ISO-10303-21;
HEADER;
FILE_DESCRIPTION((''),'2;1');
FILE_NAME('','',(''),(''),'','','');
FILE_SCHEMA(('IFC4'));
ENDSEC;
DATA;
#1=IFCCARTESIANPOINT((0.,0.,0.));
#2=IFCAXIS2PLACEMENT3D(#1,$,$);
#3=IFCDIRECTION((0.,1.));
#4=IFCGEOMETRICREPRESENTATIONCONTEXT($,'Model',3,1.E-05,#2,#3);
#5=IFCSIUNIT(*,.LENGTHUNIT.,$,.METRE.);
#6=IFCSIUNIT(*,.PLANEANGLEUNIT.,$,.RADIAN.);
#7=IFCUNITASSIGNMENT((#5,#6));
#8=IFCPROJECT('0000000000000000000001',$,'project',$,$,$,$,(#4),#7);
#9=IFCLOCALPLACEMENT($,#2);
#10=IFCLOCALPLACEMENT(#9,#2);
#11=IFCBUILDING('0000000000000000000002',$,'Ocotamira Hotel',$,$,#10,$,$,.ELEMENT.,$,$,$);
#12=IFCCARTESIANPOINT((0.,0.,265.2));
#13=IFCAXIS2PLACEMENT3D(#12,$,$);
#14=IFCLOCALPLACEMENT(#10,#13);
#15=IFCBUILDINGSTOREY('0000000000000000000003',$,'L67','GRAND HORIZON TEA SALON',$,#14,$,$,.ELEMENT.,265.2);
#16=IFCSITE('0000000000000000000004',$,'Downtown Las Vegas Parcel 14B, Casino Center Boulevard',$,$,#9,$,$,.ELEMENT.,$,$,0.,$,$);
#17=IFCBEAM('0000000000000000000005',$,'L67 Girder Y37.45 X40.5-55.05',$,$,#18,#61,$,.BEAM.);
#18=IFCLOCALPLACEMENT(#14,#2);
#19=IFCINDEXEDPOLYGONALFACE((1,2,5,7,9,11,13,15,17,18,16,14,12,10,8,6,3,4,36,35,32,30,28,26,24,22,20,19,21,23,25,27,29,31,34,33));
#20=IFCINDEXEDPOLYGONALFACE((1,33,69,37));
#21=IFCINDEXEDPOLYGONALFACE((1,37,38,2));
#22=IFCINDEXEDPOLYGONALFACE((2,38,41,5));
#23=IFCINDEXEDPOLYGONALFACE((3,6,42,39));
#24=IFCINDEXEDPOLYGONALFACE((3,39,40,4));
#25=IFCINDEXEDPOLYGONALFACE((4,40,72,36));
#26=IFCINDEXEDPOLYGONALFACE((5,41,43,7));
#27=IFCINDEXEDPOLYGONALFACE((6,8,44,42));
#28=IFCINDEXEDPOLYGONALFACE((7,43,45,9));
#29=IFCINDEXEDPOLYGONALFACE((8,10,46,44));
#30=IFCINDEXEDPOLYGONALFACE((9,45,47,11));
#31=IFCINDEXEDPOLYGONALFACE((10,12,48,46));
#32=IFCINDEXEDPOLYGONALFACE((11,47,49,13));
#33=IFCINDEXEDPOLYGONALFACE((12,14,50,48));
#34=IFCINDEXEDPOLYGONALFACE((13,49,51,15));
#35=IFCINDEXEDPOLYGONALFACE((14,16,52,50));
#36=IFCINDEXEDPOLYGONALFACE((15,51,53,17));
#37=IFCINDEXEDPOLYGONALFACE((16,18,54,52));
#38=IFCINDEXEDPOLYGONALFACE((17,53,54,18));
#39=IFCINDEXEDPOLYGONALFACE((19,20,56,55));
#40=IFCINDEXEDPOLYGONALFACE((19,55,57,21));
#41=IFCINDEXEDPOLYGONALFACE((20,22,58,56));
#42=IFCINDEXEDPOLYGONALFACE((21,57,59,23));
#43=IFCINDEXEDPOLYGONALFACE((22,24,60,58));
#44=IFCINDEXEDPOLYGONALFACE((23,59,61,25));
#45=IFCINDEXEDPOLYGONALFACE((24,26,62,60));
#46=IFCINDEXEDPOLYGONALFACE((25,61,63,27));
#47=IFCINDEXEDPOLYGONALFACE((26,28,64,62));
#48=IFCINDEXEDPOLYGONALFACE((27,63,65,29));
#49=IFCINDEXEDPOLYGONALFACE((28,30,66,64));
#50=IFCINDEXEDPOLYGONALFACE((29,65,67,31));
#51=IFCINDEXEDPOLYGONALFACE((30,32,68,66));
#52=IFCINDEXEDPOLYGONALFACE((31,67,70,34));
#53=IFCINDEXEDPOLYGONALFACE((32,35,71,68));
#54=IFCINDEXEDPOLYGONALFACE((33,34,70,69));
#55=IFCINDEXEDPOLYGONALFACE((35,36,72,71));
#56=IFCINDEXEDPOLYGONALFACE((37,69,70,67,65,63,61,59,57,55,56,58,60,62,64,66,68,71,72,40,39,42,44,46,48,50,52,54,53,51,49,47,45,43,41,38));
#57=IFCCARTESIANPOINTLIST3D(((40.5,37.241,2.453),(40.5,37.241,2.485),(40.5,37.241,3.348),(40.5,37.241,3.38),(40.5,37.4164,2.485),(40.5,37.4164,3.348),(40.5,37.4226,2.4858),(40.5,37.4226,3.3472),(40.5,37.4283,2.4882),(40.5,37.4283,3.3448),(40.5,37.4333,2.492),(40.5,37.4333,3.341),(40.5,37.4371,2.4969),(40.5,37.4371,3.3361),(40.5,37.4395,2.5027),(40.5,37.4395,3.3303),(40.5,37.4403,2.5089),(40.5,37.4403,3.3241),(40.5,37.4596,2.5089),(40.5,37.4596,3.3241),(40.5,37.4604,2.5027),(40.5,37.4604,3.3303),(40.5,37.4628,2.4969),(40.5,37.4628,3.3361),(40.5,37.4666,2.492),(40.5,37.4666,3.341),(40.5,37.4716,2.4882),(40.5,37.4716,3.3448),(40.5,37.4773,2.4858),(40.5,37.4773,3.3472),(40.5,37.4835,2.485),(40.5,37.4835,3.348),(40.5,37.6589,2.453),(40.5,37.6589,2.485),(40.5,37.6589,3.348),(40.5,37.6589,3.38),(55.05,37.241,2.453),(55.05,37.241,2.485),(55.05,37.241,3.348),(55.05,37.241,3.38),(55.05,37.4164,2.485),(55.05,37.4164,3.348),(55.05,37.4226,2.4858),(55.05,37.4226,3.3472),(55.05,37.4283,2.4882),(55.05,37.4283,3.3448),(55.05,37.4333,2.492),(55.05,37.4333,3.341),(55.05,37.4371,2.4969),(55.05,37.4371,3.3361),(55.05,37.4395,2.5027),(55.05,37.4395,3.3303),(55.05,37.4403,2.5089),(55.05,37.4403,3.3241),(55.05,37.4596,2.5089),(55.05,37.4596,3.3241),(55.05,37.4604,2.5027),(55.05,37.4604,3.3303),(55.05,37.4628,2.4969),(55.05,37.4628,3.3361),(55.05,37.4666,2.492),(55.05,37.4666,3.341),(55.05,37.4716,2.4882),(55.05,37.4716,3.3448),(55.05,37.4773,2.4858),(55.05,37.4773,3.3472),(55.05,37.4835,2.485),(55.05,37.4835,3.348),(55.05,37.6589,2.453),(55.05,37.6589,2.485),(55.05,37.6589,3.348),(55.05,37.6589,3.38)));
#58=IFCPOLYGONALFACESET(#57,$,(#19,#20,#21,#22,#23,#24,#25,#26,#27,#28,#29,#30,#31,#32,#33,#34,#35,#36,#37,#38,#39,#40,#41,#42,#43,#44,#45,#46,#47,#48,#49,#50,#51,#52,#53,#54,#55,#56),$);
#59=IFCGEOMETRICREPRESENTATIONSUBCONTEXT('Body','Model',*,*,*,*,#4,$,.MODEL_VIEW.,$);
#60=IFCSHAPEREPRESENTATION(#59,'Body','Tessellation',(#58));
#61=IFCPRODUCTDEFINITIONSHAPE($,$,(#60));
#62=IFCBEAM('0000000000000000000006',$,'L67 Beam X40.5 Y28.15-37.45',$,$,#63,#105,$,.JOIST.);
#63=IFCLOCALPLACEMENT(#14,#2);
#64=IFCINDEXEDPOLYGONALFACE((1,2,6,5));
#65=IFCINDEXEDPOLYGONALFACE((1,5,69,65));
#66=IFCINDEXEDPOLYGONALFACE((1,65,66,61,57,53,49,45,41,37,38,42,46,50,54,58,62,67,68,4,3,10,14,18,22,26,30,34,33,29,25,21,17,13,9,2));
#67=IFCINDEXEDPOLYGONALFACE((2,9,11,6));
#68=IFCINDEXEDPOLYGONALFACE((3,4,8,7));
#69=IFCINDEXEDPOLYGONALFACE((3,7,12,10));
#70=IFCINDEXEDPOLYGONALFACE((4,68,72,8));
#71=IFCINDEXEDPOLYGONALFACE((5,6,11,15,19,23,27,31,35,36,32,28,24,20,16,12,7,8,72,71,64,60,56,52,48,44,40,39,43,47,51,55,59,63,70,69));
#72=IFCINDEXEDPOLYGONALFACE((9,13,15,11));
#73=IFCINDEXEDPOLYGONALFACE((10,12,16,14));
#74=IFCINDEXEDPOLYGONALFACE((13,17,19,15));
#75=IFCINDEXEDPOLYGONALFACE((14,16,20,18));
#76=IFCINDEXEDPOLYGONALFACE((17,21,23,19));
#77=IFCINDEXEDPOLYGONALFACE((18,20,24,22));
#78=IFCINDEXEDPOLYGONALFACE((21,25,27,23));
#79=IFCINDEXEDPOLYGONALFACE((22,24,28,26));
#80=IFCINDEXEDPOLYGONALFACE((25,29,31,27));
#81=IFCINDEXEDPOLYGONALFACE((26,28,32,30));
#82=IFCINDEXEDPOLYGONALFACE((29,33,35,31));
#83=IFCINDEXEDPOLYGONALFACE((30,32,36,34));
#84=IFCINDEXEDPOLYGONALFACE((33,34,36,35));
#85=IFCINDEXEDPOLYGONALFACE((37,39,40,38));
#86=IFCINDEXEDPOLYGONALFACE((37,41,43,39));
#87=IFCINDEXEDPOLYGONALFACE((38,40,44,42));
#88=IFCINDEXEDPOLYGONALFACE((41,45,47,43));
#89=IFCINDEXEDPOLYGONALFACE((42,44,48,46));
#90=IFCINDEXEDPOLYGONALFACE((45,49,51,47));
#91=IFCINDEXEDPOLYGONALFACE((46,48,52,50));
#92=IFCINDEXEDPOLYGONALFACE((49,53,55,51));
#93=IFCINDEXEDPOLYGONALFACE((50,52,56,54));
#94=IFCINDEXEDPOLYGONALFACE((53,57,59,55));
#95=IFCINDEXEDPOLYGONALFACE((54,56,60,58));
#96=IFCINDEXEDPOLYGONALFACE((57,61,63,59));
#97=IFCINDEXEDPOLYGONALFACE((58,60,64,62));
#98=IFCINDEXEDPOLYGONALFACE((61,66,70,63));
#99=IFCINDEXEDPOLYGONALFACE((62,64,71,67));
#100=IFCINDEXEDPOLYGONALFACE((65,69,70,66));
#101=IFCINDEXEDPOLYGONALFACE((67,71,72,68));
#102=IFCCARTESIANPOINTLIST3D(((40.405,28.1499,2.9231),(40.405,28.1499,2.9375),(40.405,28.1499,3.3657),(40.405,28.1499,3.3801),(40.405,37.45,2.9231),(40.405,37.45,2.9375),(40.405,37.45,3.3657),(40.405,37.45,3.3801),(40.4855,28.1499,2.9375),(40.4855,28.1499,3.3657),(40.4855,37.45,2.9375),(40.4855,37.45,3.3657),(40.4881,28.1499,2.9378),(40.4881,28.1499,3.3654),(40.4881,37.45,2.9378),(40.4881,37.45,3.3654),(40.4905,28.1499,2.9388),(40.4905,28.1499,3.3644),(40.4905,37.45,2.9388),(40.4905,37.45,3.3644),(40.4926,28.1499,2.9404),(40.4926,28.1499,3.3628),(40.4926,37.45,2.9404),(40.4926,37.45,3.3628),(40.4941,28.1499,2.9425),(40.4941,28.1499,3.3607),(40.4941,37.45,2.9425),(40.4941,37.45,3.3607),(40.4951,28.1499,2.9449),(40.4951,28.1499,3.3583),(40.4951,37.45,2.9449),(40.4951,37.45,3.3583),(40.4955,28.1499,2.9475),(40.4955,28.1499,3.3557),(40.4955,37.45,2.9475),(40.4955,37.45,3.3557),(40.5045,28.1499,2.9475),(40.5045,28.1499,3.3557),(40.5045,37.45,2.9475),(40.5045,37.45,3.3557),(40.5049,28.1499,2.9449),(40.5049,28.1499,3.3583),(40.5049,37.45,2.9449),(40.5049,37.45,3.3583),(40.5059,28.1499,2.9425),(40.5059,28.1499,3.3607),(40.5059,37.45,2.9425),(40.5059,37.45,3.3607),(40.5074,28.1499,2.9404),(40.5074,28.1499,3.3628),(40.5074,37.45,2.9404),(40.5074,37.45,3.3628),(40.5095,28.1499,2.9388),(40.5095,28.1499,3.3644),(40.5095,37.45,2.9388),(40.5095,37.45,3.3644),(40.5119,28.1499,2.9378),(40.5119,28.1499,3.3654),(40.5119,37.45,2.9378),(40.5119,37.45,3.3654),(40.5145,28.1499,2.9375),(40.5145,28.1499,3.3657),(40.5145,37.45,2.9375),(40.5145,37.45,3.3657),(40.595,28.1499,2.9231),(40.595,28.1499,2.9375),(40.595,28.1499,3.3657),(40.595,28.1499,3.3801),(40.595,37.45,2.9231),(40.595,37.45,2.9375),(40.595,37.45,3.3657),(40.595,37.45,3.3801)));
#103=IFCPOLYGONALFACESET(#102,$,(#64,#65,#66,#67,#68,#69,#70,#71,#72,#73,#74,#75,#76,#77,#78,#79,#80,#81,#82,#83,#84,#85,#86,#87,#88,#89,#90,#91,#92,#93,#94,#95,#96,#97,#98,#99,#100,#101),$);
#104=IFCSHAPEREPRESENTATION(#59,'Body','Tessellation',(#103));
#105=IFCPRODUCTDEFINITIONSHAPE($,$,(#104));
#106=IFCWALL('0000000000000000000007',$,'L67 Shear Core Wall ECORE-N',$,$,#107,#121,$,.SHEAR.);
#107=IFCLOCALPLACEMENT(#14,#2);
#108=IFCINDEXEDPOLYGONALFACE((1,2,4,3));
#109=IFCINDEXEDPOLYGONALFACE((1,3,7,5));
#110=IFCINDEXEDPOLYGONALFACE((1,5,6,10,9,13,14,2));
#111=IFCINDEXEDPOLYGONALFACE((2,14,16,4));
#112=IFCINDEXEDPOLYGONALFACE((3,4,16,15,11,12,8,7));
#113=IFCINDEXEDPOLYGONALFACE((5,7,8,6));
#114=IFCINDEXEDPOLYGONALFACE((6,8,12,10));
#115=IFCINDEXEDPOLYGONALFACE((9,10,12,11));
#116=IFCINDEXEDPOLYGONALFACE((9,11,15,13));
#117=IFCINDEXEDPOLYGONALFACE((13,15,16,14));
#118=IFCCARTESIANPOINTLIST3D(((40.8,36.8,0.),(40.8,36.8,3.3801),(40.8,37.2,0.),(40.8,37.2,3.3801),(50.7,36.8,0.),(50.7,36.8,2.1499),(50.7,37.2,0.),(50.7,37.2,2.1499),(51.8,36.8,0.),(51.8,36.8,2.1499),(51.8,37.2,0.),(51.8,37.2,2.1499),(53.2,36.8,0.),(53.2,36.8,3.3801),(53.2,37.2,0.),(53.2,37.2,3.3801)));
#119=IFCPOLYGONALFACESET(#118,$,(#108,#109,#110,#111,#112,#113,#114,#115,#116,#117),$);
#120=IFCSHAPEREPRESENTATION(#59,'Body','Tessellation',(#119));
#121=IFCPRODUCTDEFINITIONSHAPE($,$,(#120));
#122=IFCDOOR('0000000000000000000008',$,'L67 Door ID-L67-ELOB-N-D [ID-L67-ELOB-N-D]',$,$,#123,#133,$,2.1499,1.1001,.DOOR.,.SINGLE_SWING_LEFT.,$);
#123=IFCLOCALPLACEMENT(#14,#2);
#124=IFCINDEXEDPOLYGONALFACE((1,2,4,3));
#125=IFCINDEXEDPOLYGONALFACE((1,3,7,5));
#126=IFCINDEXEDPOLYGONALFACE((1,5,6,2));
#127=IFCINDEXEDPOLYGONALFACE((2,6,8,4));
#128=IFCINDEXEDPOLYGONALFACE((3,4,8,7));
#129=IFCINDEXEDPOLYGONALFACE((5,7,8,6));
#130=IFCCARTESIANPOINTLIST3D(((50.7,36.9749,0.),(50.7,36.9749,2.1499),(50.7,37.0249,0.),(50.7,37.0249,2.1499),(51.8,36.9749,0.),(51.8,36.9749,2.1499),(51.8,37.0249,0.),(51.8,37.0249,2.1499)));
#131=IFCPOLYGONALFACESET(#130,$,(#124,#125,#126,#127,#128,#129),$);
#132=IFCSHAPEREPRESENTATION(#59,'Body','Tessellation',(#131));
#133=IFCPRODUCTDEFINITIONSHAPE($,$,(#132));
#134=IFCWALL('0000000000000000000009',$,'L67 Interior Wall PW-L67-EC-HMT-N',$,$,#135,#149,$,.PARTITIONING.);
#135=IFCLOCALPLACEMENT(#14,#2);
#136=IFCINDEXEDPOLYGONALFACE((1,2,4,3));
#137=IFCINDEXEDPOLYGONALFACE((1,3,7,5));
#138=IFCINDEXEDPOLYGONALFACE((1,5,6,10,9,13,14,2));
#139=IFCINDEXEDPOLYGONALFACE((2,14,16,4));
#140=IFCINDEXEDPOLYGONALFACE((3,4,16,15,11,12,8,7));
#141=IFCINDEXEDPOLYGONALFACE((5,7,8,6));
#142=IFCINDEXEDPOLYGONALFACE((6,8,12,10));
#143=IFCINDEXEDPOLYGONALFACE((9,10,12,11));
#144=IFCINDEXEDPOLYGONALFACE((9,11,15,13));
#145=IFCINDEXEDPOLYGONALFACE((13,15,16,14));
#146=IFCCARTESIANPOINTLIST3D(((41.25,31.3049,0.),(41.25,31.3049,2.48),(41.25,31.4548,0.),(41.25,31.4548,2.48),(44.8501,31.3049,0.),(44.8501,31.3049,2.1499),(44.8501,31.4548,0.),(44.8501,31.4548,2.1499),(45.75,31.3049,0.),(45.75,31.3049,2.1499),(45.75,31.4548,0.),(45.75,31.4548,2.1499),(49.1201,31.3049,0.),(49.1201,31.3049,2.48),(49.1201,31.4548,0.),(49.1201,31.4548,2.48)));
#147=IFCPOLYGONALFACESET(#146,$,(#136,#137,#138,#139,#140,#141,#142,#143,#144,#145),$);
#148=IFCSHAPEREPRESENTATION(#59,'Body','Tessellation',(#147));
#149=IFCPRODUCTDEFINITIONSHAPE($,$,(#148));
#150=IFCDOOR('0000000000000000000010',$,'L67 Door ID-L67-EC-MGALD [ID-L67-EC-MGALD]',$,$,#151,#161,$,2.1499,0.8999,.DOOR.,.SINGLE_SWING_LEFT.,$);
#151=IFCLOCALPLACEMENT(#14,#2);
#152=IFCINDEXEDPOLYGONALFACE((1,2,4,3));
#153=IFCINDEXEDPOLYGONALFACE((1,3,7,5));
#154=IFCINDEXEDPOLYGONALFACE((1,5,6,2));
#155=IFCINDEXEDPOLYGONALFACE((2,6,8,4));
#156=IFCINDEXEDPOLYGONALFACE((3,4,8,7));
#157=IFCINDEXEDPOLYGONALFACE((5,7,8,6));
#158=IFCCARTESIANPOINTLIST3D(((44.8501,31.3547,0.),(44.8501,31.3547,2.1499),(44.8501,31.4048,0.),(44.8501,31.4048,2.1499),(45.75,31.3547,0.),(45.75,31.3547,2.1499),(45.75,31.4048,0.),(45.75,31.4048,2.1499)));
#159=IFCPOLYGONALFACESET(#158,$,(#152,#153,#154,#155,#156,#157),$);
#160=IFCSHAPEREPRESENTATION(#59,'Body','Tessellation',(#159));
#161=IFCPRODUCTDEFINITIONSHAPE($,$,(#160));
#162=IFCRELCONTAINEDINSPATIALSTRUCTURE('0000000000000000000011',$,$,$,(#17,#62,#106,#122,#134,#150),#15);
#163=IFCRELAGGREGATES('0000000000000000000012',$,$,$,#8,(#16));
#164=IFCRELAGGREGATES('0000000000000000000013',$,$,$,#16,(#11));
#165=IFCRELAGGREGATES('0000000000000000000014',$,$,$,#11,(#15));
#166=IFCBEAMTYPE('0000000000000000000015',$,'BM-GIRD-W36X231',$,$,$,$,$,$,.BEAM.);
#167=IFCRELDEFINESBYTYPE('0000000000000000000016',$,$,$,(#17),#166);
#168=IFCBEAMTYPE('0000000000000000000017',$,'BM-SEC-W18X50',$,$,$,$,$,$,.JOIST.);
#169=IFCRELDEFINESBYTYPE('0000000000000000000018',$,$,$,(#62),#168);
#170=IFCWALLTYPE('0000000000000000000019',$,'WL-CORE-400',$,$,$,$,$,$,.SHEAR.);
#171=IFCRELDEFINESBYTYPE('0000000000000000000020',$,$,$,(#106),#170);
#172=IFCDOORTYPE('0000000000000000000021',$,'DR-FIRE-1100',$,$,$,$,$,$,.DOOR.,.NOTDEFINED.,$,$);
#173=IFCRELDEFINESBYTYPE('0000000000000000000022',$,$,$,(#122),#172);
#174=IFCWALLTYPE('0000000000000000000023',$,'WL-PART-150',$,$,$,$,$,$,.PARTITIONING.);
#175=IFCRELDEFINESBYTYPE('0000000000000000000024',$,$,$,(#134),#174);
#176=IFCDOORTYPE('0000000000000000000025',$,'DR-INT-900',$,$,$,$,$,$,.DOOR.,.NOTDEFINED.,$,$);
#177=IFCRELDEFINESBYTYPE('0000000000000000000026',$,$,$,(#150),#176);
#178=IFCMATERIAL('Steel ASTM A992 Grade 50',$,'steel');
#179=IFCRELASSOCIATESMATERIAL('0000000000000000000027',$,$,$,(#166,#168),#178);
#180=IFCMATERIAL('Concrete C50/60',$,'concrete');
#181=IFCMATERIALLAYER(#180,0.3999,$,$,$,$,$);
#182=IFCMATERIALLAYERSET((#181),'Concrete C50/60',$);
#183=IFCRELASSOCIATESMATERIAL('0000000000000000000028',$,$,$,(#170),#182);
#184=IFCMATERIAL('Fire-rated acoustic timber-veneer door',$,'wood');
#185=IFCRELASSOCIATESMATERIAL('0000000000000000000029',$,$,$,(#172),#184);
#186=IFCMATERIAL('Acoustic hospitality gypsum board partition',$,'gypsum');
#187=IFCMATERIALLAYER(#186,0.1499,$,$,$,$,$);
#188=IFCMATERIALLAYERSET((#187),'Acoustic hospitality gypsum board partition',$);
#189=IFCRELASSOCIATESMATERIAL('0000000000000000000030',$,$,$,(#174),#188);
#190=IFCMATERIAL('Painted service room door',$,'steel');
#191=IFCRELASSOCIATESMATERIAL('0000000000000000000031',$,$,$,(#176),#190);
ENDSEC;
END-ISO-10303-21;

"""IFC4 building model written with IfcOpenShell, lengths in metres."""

from ifc_helpers import new_model, si_unit, direction, frame, frame_2d, origin, origin_2d, place, context, subcontext, project, spatial, rectangle, i_section, extrude, source, transform, mapped, material, layer, layer_set, material_profile, profile_set, type_object, element, fill, save


model = new_model("IFC4")

# Units and contexts
model_context = context("Model", 3, precision=1e-05, world=origin(), true_north=direction((0.0, 1.0)))
body_context = subcontext(model_context, "Body", "Model", "MODEL_VIEW")
ifc_project = project(units=[si_unit("LENGTHUNIT", "METRE"), si_unit("PLANEANGLEUNIT", "RADIAN")], contexts=[model_context])

# Site, building, storey
site_placement = place(None, origin())
site = spatial("IfcSite", under=ifc_project, at=site_placement, Name="Downtown Las Vegas Parcel 14B, Casino Center Boulevard", CompositionType="ELEMENT", RefElevation=0.0)
building_placement = place(site_placement, origin())
building = spatial("IfcBuilding", under=site, at=building_placement, Name="Ocotamira Hotel", CompositionType="ELEMENT")
storey_placement = place(building_placement, frame((0.0, 0.0, 265.2)))
storey = spatial("IfcBuildingStorey", under=building, at=storey_placement, Name="L67", Description="GRAND HORIZON TEA SALON", CompositionType="ELEMENT", Elevation=265.2)

# Beams
ifc_material_1 = material(Name="Concrete C50/60", Category="concrete")
ifc_material_2 = material(Name="Steel ASTM A992 Grade 50", Category="steel")
ifc_material_profile_1 = material_profile(ifc_material_2, i_section(OverallWidth=0.418, OverallDepth=0.927, WebThickness=0.0193, FlangeThickness=0.032, FilletRadius=0.0239, at=origin_2d()), Name="W36X231")
ifc_profile_set_1 = profile_set([ifc_material_profile_1], Name="Steel ASTM A992 Grade 50")
beam_type_1 = type_object("IfcBeamType", Name="BM-GIRD-W36X231", PredefinedType="BEAM", material=ifc_profile_set_1)
shared_shape_1 = source(origin(), body_context, "Body", "SweptSolid", [
    extrude(i_section(OverallWidth=0.418, OverallDepth=0.927, WebThickness=0.0193, FlangeThickness=0.032, FilletRadius=0.0239, at=origin_2d()), origin(), (0.0, 0.0, 1.0), 14.55),
])
for number, where, z_axis, x_axis, name in (
    (1, (40.5, 37.45, 2.9165), (1.0, 0.0, 0.0), (0.0, 1.0, 0.0), "L67 Girder Y37.45 X40.5-55.05"),
):
    element("IfcBeam", number, at=place(storey_placement, frame(where, z_axis=z_axis, x_axis=x_axis)), inside=storey, type_object=beam_type_1, Name=name, PredefinedType="BEAM", context=body_context, shape_type="MappedRepresentation", body=[
        mapped(shared_shape_1, transform((0.0, 0.0, 0.0), scale=1.0)),
    ])
ifc_material_profile_2 = material_profile(ifc_material_2, i_section(OverallWidth=0.1899, OverallDepth=0.457, WebThickness=0.009, FlangeThickness=0.0144, FilletRadius=0.01, at=origin_2d()), Name="W18X50")
ifc_profile_set_2 = profile_set([ifc_material_profile_2], Name="Steel ASTM A992 Grade 50")
beam_type_2 = type_object("IfcBeamType", Name="BM-SEC-W18X50", PredefinedType="JOIST", material=ifc_profile_set_2)
shared_shape_2 = source(origin(), body_context, "Body", "SweptSolid", [
    extrude(i_section(OverallWidth=0.1899, OverallDepth=0.457, WebThickness=0.009, FlangeThickness=0.0144, FilletRadius=0.01, at=origin_2d()), origin(), (0.0, 0.0, 1.0), 9.3),
])
beam_1_placement = place(storey_placement, frame((40.5, 28.1499, 3.1516), z_axis=(0.0, 1.0, 0.0), x_axis=(-1.0, 0.0, 0.0)))
element("IfcBeam", 2, at=beam_1_placement, inside=storey, type_object=beam_type_2, Name="L67 Beam X40.5 Y28.15-37.45", PredefinedType="JOIST", context=body_context, shape_type="MappedRepresentation", body=[
    mapped(shared_shape_2, transform((0.0, 0.0, 0.0), scale=1.0)),
])

# Walls, openings, doors
ifc_layer_1 = layer(ifc_material_1, 0.3999)
ifc_layer_set_1 = layer_set([ifc_layer_1], Name="Concrete C50/60")
wall_type_1 = type_object("IfcWallType", Name="WL-CORE-400", PredefinedType="SHEAR", material=ifc_layer_set_1)
wall_1_placement = place(storey_placement, frame((40.8, 37.0, 0.0), z_axis=(0.0, 0.0, 1.0), x_axis=(1.0, 0.0, 0.0)))
wall_1 = element("IfcWall", 3, at=wall_1_placement, inside=storey, type_object=wall_type_1, Name="L67 Shear Core Wall ECORE-N", PredefinedType="SHEAR", context=body_context, shape_type="SweptSolid", body=[
    extrude(rectangle(XDim=12.3999, YDim=0.3999, at=frame_2d((6.2, 0.0))), origin(), (0.0, 0.0, 1.0), 3.3801),
])
opening_1_placement = place(wall_1_placement, frame((9.8999, 0.0, 0.0)))
opening_1 = element("IfcOpeningElement", 4, at=opening_1_placement, cuts=wall_1, PredefinedType="OPENING", context=body_context, shape_type="SweptSolid", body=[
    extrude(rectangle(XDim=1.1001, YDim=2.1499, at=frame_2d((0.55, 1.075))), frame((0.0, 0.21, 0.0), z_axis=(0.0, -1.0, 0.0), x_axis=(1.0, 0.0, 0.0)), (0.0, 0.0, 1.0), 0.4199),
])
ifc_material_3 = material(Name="Fire-rated acoustic timber-veneer door", Category="wood")
door_type_1 = type_object("IfcDoorType", Name="DR-FIRE-1100", OperationType="NOTDEFINED", PredefinedType="DOOR", material=ifc_material_3)
shared_shape_3 = source(origin(), body_context, "Body", "SweptSolid", [
    extrude(rectangle(XDim=1.1001, YDim=2.1499, at=frame_2d((0.55, 1.075))), frame((0.0, 0.0249, 0.0), z_axis=(0.0, -1.0, 0.0), x_axis=(1.0, 0.0, 0.0)), (0.0, 0.0, 1.0), 0.05),
])
door_1_placement = place(opening_1_placement, origin())
door_1 = element("IfcDoor", 5, at=door_1_placement, inside=storey, type_object=door_type_1, Name="L67 Door ID-L67-ELOB-N-D [ID-L67-ELOB-N-D]", OperationType="SINGLE_SWING_LEFT", OverallHeight=2.1499, OverallWidth=1.1001, PredefinedType="DOOR", context=body_context, shape_type="MappedRepresentation", body=[
    mapped(shared_shape_3, transform((0.0, 0.0, 0.0), scale=1.0)),
])
fill(opening_1, door_1)
ifc_material_4 = material(Name="Acoustic hospitality gypsum board partition", Category="gypsum")
ifc_layer_2 = layer(ifc_material_4, 0.1499)
ifc_layer_set_2 = layer_set([ifc_layer_2], Name="Acoustic hospitality gypsum board partition")
wall_type_2 = type_object("IfcWallType", Name="WL-PART-150", PredefinedType="PARTITIONING", material=ifc_layer_set_2)
wall_2_placement = place(storey_placement, frame((41.25, 31.3799, 0.0), z_axis=(0.0, 0.0, 1.0), x_axis=(1.0, 0.0, 0.0)))
wall_2 = element("IfcWall", 6, at=wall_2_placement, inside=storey, type_object=wall_type_2, Name="L67 Interior Wall PW-L67-EC-HMT-N", PredefinedType="PARTITIONING", context=body_context, shape_type="SweptSolid", body=[
    extrude(rectangle(XDim=7.8701, YDim=0.1499, at=frame_2d((3.9351, 0.0))), origin(), (0.0, 0.0, 1.0), 2.48),
])
opening_2_placement = place(wall_2_placement, frame((3.6001, 0.0, 0.0)))
opening_2 = element("IfcOpeningElement", 7, at=opening_2_placement, cuts=wall_2, PredefinedType="OPENING", context=body_context, shape_type="SweptSolid", body=[
    extrude(rectangle(XDim=0.8999, YDim=2.1499, at=frame_2d((0.45, 1.075))), frame((0.0, 0.085, 0.0), z_axis=(0.0, -1.0, 0.0), x_axis=(1.0, 0.0, 0.0)), (0.0, 0.0, 1.0), 0.1699),
])
ifc_material_5 = material(Name="Painted service room door", Category="steel")
door_type_2 = type_object("IfcDoorType", Name="DR-INT-900", OperationType="NOTDEFINED", PredefinedType="DOOR", material=ifc_material_5)
shared_shape_4 = source(origin(), body_context, "Body", "SweptSolid", [
    extrude(rectangle(XDim=0.8999, YDim=2.1499, at=frame_2d((0.45, 1.075))), frame((0.0, 0.0249, 0.0), z_axis=(0.0, -1.0, 0.0), x_axis=(1.0, 0.0, 0.0)), (0.0, 0.0, 1.0), 0.05),
])
door_2_placement = place(opening_2_placement, origin())
door_2 = element("IfcDoor", 8, at=door_2_placement, inside=storey, type_object=door_type_2, Name="L67 Door ID-L67-EC-MGALD [ID-L67-EC-MGALD]", OperationType="SINGLE_SWING_LEFT", OverallHeight=2.1499, OverallWidth=0.8999, PredefinedType="DOOR", context=body_context, shape_type="MappedRepresentation", body=[
    mapped(shared_shape_4, transform((0.0, 0.0, 0.0), scale=1.0)),
])
fill(opening_2, door_2)

save(model, "model.ifc")
